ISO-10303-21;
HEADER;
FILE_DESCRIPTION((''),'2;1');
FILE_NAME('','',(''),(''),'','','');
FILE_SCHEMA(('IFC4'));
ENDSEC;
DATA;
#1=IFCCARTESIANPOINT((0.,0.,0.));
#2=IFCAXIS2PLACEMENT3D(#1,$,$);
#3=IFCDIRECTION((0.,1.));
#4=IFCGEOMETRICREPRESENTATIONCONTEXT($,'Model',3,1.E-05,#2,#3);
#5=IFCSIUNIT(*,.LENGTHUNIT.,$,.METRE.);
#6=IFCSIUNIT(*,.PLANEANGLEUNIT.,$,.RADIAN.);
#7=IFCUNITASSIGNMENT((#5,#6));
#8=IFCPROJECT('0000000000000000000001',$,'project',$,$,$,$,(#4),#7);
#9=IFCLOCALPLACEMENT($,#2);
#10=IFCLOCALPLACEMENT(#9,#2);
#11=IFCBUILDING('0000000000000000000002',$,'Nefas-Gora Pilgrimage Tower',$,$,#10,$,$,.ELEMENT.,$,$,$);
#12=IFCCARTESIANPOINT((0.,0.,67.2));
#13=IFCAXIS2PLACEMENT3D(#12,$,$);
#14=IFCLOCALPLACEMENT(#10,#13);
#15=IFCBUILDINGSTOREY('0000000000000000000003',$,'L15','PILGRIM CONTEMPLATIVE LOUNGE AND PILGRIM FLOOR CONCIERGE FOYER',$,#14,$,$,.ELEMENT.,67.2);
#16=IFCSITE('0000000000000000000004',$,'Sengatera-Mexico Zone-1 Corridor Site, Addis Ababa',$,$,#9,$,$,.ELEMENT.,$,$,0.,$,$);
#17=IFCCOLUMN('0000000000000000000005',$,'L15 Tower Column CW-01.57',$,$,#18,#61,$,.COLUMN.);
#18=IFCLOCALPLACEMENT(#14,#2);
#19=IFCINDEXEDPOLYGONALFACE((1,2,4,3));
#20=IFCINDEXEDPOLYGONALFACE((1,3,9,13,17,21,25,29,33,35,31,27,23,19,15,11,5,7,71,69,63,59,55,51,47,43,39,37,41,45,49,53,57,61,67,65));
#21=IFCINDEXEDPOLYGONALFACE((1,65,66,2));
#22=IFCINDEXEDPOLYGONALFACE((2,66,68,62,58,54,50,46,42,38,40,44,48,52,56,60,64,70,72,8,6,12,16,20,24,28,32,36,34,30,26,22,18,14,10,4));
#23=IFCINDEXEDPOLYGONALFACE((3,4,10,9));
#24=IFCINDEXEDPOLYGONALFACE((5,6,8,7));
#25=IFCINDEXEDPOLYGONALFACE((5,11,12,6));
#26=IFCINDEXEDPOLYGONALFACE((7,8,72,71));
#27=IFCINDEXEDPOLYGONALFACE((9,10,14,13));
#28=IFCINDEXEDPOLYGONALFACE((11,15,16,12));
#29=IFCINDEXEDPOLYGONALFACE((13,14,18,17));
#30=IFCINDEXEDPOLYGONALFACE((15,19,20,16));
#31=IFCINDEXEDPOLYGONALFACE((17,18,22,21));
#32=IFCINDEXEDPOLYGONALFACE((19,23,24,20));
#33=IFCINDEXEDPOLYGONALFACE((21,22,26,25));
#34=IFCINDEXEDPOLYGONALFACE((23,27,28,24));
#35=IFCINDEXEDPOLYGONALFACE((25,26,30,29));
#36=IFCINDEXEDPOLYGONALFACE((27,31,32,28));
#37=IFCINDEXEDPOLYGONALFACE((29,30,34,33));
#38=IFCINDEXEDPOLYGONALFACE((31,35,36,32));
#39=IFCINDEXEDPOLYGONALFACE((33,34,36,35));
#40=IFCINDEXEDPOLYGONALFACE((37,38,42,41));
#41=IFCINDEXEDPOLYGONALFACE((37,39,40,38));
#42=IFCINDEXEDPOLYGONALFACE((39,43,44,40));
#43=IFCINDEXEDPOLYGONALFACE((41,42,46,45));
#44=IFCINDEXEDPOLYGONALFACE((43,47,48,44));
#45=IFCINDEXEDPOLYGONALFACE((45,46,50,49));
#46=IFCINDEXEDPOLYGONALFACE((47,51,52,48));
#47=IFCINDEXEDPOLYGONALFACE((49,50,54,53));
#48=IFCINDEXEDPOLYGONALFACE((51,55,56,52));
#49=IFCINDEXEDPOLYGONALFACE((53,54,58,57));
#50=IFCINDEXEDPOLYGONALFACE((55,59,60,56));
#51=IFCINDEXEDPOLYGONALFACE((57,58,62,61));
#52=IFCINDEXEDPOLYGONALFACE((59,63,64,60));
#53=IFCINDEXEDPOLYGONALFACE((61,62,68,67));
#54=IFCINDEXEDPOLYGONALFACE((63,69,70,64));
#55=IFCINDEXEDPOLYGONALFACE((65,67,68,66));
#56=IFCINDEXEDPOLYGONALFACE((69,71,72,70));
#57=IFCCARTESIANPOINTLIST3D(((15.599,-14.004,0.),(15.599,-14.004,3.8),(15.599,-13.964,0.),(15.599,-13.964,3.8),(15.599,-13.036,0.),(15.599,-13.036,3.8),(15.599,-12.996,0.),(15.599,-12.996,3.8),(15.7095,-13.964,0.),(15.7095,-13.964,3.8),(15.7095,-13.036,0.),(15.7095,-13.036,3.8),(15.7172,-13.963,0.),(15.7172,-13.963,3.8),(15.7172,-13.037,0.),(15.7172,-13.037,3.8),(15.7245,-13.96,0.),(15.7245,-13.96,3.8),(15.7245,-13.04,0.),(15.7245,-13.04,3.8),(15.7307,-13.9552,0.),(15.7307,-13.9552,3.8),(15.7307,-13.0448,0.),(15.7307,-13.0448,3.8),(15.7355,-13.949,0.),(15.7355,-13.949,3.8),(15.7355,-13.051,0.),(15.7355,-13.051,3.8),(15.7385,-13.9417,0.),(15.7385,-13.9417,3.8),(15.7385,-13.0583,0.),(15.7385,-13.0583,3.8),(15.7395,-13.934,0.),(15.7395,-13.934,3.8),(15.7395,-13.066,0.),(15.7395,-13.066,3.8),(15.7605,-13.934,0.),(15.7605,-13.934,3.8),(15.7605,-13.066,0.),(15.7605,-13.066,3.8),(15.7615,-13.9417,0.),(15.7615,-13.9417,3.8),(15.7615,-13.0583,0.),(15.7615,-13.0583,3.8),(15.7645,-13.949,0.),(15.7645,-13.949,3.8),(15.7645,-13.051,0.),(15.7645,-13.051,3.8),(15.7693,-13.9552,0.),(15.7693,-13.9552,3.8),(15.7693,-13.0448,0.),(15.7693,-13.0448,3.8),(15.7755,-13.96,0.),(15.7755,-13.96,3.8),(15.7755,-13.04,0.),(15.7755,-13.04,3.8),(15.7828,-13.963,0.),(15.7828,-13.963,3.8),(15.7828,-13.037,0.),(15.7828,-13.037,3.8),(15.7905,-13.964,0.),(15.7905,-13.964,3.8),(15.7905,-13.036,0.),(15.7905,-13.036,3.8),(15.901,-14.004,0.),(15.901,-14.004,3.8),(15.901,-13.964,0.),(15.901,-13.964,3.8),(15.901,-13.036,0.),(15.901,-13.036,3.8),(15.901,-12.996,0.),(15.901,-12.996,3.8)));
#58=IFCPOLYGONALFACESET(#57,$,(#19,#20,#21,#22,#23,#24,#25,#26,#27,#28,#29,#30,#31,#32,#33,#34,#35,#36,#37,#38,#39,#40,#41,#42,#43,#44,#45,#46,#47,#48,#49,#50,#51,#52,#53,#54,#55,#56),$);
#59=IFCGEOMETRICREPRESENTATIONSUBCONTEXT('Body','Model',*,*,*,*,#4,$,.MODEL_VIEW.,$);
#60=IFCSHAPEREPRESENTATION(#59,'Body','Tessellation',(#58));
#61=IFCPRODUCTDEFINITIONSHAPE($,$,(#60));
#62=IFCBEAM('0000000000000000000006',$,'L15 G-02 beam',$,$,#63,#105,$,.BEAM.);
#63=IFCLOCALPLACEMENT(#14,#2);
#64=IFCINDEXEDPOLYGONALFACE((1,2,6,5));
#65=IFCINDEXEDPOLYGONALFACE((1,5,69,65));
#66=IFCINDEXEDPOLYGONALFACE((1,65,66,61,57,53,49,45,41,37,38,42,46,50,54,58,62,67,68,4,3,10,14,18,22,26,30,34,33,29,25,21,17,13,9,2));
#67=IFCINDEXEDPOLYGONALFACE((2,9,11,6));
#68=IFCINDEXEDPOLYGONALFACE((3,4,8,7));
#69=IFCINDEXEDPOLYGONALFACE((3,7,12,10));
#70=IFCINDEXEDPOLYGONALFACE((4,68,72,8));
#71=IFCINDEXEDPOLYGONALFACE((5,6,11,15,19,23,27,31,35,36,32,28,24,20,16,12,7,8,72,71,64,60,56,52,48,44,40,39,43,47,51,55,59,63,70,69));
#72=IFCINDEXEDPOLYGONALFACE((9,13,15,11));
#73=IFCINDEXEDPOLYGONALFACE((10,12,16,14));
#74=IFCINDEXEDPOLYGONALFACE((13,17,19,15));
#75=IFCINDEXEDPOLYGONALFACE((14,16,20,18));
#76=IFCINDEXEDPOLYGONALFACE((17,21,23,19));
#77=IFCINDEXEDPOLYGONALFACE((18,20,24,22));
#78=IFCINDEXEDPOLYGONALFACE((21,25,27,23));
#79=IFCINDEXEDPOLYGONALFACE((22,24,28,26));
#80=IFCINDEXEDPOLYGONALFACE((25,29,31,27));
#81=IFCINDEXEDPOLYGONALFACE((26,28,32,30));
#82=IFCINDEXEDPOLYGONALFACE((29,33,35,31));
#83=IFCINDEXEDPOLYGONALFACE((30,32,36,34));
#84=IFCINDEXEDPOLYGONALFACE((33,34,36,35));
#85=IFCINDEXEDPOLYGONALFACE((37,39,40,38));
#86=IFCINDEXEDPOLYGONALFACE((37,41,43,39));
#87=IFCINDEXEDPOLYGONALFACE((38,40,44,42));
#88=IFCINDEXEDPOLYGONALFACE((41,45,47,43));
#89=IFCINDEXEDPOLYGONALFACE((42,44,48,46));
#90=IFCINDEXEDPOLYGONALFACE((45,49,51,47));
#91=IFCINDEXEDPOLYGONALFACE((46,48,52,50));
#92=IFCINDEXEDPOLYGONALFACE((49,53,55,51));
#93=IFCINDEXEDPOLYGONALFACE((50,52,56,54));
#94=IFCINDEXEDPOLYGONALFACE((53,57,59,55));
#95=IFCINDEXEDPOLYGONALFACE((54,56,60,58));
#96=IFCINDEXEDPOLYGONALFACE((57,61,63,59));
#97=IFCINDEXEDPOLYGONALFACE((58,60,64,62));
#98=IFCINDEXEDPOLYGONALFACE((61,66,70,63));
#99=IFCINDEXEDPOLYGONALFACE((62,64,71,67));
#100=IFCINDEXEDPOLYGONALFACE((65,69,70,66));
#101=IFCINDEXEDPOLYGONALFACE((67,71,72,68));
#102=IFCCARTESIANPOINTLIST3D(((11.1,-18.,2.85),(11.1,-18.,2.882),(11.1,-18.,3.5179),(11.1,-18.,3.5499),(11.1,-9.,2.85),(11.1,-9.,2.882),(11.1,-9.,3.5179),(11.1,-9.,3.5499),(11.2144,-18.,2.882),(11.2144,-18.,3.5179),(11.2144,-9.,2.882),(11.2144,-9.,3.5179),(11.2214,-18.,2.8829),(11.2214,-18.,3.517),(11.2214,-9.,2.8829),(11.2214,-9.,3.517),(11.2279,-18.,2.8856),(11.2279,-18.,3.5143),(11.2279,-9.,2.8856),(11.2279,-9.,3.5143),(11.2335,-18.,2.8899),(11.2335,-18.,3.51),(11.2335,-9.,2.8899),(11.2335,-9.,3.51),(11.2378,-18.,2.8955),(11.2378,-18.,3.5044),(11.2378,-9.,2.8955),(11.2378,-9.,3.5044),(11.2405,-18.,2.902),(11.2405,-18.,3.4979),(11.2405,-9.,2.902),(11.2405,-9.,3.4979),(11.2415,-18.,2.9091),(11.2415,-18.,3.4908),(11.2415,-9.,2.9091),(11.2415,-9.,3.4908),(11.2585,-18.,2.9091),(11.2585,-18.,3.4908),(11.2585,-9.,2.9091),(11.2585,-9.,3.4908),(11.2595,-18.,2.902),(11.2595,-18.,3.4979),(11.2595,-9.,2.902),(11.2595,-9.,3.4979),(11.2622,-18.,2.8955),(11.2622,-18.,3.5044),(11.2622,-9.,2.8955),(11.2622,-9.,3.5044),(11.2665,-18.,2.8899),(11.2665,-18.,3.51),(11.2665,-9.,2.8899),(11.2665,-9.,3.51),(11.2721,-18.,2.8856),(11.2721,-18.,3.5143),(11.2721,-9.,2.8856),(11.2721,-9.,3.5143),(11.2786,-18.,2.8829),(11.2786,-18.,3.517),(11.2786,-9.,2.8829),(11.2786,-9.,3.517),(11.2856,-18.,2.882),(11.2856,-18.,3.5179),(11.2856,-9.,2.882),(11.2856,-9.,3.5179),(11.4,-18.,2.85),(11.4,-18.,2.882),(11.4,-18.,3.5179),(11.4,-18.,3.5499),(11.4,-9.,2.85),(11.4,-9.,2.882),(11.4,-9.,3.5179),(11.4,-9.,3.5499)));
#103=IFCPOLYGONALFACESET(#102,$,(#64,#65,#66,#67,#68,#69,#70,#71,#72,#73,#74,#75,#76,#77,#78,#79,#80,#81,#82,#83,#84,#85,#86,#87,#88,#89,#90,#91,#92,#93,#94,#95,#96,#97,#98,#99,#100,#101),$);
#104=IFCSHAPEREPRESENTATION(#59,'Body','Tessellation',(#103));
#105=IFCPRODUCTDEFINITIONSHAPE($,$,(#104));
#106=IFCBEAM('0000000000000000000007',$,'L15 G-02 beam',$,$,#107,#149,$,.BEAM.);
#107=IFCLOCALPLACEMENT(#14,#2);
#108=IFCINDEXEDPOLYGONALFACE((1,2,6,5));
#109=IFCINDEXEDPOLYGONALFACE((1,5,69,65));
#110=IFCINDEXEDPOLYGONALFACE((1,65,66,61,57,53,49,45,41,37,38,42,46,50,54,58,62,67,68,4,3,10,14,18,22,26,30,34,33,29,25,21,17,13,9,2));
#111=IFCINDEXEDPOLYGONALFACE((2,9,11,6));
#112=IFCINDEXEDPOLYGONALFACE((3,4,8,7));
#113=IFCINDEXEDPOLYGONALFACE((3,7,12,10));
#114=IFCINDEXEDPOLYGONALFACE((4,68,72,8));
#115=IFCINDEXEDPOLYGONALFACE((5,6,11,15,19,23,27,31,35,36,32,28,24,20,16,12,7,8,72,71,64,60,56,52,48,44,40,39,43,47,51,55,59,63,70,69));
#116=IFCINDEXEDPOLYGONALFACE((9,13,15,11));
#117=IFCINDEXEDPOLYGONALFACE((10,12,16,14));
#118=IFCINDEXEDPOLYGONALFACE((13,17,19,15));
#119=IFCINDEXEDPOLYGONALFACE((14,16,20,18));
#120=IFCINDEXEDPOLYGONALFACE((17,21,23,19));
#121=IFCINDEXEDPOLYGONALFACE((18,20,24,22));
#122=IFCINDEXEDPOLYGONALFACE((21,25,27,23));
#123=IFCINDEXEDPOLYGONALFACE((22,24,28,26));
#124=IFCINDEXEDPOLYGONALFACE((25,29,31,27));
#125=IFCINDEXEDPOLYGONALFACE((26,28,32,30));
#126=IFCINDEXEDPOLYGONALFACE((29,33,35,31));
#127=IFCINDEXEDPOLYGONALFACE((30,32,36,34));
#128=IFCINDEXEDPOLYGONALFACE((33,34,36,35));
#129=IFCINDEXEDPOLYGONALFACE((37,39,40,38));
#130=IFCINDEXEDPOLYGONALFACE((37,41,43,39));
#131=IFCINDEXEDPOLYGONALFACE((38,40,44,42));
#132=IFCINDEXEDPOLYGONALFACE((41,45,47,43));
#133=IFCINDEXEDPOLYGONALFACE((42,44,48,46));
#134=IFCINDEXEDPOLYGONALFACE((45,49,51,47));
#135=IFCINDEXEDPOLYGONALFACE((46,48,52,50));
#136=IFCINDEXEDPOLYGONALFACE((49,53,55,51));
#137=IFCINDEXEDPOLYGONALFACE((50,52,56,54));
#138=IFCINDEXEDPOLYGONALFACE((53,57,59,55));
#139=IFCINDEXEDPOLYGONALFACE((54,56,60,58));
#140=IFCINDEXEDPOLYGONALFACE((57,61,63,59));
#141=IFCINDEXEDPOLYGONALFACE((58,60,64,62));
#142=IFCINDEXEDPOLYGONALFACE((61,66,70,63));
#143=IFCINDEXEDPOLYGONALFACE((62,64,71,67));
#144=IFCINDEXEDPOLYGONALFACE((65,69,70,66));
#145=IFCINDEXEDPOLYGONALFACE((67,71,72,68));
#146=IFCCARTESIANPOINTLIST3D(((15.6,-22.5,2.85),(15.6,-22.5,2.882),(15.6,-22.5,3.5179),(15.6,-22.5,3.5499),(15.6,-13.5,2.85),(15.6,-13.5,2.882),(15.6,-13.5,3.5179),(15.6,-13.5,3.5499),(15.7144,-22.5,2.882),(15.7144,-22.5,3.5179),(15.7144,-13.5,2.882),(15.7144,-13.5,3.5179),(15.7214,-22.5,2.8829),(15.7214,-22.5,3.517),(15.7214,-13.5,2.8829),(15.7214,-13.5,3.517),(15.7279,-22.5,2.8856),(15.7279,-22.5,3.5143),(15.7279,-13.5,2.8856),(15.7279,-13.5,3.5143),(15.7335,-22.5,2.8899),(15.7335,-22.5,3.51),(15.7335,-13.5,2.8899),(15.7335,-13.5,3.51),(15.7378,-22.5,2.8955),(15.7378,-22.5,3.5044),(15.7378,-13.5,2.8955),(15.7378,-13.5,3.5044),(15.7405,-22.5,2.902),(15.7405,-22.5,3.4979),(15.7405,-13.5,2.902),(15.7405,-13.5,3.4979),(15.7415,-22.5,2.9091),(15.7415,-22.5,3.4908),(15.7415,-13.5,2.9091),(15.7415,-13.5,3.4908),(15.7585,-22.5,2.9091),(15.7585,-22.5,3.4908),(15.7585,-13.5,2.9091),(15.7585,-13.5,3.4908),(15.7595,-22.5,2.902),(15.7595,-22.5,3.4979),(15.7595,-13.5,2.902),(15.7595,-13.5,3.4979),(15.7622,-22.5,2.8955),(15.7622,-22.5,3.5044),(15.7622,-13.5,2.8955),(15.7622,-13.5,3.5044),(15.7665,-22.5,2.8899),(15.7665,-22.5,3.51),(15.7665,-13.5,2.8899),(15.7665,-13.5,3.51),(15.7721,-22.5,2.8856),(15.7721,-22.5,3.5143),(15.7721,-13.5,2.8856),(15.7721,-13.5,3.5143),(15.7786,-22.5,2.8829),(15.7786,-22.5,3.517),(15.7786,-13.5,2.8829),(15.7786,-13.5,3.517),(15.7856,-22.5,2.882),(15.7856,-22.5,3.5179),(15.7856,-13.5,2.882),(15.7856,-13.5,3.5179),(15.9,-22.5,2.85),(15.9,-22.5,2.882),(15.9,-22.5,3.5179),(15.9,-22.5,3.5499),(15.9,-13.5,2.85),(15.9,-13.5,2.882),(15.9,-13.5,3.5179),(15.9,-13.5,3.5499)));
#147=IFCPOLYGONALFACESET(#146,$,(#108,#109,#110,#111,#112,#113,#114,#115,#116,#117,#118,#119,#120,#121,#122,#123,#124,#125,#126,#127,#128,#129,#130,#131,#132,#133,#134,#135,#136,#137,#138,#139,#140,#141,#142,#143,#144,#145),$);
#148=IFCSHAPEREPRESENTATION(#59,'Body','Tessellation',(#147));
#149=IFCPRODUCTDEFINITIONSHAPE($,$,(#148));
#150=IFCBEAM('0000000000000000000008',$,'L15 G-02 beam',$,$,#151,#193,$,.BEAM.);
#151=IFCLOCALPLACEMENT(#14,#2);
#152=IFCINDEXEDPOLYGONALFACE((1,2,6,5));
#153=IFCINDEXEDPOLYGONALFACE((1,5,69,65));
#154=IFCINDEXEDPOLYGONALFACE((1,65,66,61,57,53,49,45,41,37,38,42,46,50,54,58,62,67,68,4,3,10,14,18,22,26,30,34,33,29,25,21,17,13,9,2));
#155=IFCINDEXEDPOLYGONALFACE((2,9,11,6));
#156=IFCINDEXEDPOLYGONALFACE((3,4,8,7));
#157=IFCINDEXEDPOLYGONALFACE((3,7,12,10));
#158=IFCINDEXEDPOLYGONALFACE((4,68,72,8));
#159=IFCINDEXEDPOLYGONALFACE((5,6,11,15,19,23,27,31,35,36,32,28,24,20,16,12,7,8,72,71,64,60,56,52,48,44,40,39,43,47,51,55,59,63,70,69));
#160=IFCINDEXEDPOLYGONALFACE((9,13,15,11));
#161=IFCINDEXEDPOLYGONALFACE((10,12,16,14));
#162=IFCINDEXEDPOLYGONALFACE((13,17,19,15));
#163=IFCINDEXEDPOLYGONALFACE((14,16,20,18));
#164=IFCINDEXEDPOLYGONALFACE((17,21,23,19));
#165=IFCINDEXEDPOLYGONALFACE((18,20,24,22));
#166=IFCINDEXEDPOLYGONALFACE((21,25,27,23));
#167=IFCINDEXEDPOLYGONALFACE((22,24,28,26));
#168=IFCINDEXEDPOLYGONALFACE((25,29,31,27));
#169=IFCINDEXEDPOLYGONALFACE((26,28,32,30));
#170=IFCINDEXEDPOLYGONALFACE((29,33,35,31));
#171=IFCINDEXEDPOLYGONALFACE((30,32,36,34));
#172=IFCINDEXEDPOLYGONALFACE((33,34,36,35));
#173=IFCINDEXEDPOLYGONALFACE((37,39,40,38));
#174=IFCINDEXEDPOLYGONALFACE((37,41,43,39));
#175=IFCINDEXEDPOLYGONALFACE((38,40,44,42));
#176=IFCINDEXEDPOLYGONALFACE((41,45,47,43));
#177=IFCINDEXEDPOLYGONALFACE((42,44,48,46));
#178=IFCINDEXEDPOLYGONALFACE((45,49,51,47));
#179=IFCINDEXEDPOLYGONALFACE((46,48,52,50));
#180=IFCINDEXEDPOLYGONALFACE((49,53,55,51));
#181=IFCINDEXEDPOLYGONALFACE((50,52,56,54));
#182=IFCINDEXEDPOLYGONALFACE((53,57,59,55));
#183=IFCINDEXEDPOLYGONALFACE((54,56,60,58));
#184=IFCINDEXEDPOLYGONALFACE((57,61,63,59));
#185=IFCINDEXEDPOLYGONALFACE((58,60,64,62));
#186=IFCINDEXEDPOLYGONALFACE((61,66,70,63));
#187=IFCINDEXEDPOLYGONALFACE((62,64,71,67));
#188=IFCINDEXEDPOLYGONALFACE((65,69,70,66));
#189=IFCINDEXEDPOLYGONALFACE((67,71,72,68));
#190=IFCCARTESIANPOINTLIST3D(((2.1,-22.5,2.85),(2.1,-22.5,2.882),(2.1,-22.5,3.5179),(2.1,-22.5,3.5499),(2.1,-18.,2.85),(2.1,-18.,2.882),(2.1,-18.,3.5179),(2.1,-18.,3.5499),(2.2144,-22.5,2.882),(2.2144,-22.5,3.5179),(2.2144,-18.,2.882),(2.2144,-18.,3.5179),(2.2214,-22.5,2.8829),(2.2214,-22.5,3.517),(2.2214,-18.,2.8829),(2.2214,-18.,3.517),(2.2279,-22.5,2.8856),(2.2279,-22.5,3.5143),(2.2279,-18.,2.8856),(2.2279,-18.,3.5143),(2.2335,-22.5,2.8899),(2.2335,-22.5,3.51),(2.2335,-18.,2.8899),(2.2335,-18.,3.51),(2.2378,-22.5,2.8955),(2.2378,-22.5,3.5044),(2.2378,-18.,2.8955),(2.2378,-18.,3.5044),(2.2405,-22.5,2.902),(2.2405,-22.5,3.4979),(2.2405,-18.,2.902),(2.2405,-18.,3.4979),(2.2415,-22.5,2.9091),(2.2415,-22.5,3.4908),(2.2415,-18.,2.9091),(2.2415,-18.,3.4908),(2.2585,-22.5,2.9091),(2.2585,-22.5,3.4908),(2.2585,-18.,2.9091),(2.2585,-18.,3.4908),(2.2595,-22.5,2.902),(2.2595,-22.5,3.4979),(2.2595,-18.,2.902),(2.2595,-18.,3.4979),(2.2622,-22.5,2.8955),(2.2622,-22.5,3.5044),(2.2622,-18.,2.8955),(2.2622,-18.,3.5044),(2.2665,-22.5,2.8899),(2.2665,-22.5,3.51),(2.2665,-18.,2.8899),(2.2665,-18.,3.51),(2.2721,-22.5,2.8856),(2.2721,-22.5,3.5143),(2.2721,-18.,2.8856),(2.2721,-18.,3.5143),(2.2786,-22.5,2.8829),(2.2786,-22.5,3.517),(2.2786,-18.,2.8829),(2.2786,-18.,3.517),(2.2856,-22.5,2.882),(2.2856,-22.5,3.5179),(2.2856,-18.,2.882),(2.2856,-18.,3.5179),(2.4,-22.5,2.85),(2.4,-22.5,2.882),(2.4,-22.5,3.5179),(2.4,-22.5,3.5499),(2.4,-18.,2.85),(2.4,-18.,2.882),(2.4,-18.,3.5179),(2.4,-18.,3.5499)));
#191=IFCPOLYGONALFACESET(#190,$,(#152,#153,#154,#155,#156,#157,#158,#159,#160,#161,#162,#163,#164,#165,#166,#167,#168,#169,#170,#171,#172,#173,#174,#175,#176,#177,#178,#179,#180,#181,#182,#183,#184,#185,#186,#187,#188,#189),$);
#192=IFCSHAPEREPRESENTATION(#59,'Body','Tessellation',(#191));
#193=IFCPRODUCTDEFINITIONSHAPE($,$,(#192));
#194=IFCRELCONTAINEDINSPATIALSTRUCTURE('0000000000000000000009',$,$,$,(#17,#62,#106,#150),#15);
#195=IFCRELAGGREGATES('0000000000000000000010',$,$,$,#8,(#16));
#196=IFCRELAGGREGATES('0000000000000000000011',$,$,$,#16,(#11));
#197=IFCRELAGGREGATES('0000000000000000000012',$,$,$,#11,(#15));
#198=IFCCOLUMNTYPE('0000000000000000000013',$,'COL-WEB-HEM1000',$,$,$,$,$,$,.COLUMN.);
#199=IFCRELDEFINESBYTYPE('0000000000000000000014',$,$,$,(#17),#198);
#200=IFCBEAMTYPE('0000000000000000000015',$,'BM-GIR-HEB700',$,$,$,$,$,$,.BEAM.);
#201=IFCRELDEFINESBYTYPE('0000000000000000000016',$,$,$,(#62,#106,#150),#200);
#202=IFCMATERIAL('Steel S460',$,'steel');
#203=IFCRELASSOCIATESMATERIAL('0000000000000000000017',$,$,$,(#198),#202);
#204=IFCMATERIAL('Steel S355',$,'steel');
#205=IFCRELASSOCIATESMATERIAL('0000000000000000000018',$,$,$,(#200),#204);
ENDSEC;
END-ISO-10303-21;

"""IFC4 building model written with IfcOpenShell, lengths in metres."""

from ifc_helpers import new_model, si_unit, direction, frame, origin, origin_2d, place, context, subcontext, project, spatial, i_section, extrude, source, transform, mapped, material, material_profile, profile_set, type_object, element, save


model = new_model("IFC4")

# Units and contexts
model_context = context("Model", 3, precision=1e-05, world=origin(), true_north=direction((0.0, 1.0)))
body_context = subcontext(model_context, "Body", "Model", "MODEL_VIEW")
ifc_project = project(units=[si_unit("LENGTHUNIT", "METRE"), si_unit("PLANEANGLEUNIT", "RADIAN")], contexts=[model_context])

# Site, building, storey
site_placement = place(None, origin())
site = spatial("IfcSite", under=ifc_project, at=site_placement, Name="Sengatera-Mexico Zone-1 Corridor Site, Addis Ababa", CompositionType="ELEMENT", RefElevation=0.0)
building_placement = place(site_placement, origin())
building = spatial("IfcBuilding", under=site, at=building_placement, Name="Nefas-Gora Pilgrimage Tower", CompositionType="ELEMENT")
storey_placement = place(building_placement, frame((0.0, 0.0, 67.2)))
storey = spatial("IfcBuildingStorey", under=building, at=storey_placement, Name="L15", Description="PILGRIM CONTEMPLATIVE LOUNGE AND PILGRIM FLOOR CONCIERGE FOYER", CompositionType="ELEMENT", Elevation=67.2)

# Column
ifc_material_1 = material(Name="Steel S460", Category="steel")
ifc_material_profile_1 = material_profile(ifc_material_1, i_section(OverallWidth=0.302, OverallDepth=1.0081, WebThickness=0.021, FlangeThickness=0.04, FilletRadius=0.03, at=origin_2d()), Name="HEM 1000")
ifc_profile_set_1 = profile_set([ifc_material_profile_1], Name="Steel S460")
column_type_1 = type_object("IfcColumnType", Name="COL-WEB-HEM1000", PredefinedType="COLUMN", material=ifc_profile_set_1)
shared_shape_1 = source(origin(), body_context, "Body", "SweptSolid", [
    extrude(i_section(OverallWidth=0.302, OverallDepth=1.0081, WebThickness=0.021, FlangeThickness=0.04, FilletRadius=0.03, at=origin_2d()), origin(), (0.0, 0.0, 1.0), 3.8),
])
for number, where, z_axis, x_axis, name in (
    (1, (15.75, -13.5, 0.0), (0.0, 0.0, 1.0), (1.0, 0.0, 0.0), "L15 Tower Column CW-01.57"),
):
    element("IfcColumn", number, at=place(storey_placement, frame(where, z_axis=z_axis, x_axis=x_axis)), inside=storey, type_object=column_type_1, Name=name, PredefinedType="COLUMN", context=body_context, shape_type="MappedRepresentation", body=[
        mapped(shared_shape_1, transform((0.0, 0.0, 0.0), x_axis=(1.0, 0.0, 0.0), y_axis=(0.0, 1.0, 0.0), z_axis=(0.0, 0.0, 1.0), scale=1.0)),
    ])

# Beams
ifc_material_2 = material(Name="Steel S355", Category="steel")
ifc_material_profile_2 = material_profile(ifc_material_2, i_section(OverallWidth=0.3, OverallDepth=0.7, WebThickness=0.0171, FlangeThickness=0.032, FilletRadius=0.0271, at=origin_2d()), Name="HEB 700")
ifc_profile_set_2 = profile_set([ifc_material_profile_2], Name="Steel S355")
beam_type_1 = type_object("IfcBeamType", Name="BM-GIR-HEB700", PredefinedType="BEAM", material=ifc_profile_set_2)
shared_shape_2 = source(origin(), body_context, "Body", "SweptSolid", [
    extrude(i_section(OverallWidth=0.3, OverallDepth=0.7, WebThickness=0.0171, FlangeThickness=0.032, FilletRadius=0.0271, at=origin_2d()), origin(), (0.0, 0.0, 1.0), 9.0),
])
for number, where, z_axis, x_axis, name in (
    (2, (11.25, -18.0, 3.2), (0.0, 1.0, 0.0), (-1.0, 0.0, 0.0), "L15 G-02 beam"),
    (3, (15.75, -22.5, 3.2), (0.0, 1.0, 0.0), (-1.0, 0.0, 0.0), "L15 G-02 beam"),
):
    element("IfcBeam", number, at=place(storey_placement, frame(where, z_axis=z_axis, x_axis=x_axis)), inside=storey, type_object=beam_type_1, Name=name, PredefinedType="BEAM", context=body_context, shape_type="MappedRepresentation", body=[
        mapped(shared_shape_2, transform((0.0, 0.0, 0.0), x_axis=(1.0, 0.0, 0.0), y_axis=(0.0, 1.0, 0.0), z_axis=(0.0, 0.0, 1.0), scale=1.0)),
    ])
shared_shape_3 = source(origin(), body_context, "Body", "SweptSolid", [
    extrude(i_section(OverallWidth=0.3, OverallDepth=0.7, WebThickness=0.0171, FlangeThickness=0.032, FilletRadius=0.0271, at=origin_2d()), origin(), (0.0, 0.0, 1.0), 4.5),
])
for number, where, z_axis, x_axis, name in (
    (4, (2.25, -22.5, 3.2), (0.0, 1.0, 0.0), (-1.0, 0.0, 0.0), "L15 G-02 beam"),
):
    element("IfcBeam", number, at=place(storey_placement, frame(where, z_axis=z_axis, x_axis=x_axis)), inside=storey, type_object=beam_type_1, Name=name, PredefinedType="BEAM", context=body_context, shape_type="MappedRepresentation", body=[
        mapped(shared_shape_3, transform((0.0, 0.0, 0.0), x_axis=(1.0, 0.0, 0.0), y_axis=(0.0, 1.0, 0.0), z_axis=(0.0, 0.0, 1.0), scale=1.0)),
    ])

save(model, "model.ifc")
